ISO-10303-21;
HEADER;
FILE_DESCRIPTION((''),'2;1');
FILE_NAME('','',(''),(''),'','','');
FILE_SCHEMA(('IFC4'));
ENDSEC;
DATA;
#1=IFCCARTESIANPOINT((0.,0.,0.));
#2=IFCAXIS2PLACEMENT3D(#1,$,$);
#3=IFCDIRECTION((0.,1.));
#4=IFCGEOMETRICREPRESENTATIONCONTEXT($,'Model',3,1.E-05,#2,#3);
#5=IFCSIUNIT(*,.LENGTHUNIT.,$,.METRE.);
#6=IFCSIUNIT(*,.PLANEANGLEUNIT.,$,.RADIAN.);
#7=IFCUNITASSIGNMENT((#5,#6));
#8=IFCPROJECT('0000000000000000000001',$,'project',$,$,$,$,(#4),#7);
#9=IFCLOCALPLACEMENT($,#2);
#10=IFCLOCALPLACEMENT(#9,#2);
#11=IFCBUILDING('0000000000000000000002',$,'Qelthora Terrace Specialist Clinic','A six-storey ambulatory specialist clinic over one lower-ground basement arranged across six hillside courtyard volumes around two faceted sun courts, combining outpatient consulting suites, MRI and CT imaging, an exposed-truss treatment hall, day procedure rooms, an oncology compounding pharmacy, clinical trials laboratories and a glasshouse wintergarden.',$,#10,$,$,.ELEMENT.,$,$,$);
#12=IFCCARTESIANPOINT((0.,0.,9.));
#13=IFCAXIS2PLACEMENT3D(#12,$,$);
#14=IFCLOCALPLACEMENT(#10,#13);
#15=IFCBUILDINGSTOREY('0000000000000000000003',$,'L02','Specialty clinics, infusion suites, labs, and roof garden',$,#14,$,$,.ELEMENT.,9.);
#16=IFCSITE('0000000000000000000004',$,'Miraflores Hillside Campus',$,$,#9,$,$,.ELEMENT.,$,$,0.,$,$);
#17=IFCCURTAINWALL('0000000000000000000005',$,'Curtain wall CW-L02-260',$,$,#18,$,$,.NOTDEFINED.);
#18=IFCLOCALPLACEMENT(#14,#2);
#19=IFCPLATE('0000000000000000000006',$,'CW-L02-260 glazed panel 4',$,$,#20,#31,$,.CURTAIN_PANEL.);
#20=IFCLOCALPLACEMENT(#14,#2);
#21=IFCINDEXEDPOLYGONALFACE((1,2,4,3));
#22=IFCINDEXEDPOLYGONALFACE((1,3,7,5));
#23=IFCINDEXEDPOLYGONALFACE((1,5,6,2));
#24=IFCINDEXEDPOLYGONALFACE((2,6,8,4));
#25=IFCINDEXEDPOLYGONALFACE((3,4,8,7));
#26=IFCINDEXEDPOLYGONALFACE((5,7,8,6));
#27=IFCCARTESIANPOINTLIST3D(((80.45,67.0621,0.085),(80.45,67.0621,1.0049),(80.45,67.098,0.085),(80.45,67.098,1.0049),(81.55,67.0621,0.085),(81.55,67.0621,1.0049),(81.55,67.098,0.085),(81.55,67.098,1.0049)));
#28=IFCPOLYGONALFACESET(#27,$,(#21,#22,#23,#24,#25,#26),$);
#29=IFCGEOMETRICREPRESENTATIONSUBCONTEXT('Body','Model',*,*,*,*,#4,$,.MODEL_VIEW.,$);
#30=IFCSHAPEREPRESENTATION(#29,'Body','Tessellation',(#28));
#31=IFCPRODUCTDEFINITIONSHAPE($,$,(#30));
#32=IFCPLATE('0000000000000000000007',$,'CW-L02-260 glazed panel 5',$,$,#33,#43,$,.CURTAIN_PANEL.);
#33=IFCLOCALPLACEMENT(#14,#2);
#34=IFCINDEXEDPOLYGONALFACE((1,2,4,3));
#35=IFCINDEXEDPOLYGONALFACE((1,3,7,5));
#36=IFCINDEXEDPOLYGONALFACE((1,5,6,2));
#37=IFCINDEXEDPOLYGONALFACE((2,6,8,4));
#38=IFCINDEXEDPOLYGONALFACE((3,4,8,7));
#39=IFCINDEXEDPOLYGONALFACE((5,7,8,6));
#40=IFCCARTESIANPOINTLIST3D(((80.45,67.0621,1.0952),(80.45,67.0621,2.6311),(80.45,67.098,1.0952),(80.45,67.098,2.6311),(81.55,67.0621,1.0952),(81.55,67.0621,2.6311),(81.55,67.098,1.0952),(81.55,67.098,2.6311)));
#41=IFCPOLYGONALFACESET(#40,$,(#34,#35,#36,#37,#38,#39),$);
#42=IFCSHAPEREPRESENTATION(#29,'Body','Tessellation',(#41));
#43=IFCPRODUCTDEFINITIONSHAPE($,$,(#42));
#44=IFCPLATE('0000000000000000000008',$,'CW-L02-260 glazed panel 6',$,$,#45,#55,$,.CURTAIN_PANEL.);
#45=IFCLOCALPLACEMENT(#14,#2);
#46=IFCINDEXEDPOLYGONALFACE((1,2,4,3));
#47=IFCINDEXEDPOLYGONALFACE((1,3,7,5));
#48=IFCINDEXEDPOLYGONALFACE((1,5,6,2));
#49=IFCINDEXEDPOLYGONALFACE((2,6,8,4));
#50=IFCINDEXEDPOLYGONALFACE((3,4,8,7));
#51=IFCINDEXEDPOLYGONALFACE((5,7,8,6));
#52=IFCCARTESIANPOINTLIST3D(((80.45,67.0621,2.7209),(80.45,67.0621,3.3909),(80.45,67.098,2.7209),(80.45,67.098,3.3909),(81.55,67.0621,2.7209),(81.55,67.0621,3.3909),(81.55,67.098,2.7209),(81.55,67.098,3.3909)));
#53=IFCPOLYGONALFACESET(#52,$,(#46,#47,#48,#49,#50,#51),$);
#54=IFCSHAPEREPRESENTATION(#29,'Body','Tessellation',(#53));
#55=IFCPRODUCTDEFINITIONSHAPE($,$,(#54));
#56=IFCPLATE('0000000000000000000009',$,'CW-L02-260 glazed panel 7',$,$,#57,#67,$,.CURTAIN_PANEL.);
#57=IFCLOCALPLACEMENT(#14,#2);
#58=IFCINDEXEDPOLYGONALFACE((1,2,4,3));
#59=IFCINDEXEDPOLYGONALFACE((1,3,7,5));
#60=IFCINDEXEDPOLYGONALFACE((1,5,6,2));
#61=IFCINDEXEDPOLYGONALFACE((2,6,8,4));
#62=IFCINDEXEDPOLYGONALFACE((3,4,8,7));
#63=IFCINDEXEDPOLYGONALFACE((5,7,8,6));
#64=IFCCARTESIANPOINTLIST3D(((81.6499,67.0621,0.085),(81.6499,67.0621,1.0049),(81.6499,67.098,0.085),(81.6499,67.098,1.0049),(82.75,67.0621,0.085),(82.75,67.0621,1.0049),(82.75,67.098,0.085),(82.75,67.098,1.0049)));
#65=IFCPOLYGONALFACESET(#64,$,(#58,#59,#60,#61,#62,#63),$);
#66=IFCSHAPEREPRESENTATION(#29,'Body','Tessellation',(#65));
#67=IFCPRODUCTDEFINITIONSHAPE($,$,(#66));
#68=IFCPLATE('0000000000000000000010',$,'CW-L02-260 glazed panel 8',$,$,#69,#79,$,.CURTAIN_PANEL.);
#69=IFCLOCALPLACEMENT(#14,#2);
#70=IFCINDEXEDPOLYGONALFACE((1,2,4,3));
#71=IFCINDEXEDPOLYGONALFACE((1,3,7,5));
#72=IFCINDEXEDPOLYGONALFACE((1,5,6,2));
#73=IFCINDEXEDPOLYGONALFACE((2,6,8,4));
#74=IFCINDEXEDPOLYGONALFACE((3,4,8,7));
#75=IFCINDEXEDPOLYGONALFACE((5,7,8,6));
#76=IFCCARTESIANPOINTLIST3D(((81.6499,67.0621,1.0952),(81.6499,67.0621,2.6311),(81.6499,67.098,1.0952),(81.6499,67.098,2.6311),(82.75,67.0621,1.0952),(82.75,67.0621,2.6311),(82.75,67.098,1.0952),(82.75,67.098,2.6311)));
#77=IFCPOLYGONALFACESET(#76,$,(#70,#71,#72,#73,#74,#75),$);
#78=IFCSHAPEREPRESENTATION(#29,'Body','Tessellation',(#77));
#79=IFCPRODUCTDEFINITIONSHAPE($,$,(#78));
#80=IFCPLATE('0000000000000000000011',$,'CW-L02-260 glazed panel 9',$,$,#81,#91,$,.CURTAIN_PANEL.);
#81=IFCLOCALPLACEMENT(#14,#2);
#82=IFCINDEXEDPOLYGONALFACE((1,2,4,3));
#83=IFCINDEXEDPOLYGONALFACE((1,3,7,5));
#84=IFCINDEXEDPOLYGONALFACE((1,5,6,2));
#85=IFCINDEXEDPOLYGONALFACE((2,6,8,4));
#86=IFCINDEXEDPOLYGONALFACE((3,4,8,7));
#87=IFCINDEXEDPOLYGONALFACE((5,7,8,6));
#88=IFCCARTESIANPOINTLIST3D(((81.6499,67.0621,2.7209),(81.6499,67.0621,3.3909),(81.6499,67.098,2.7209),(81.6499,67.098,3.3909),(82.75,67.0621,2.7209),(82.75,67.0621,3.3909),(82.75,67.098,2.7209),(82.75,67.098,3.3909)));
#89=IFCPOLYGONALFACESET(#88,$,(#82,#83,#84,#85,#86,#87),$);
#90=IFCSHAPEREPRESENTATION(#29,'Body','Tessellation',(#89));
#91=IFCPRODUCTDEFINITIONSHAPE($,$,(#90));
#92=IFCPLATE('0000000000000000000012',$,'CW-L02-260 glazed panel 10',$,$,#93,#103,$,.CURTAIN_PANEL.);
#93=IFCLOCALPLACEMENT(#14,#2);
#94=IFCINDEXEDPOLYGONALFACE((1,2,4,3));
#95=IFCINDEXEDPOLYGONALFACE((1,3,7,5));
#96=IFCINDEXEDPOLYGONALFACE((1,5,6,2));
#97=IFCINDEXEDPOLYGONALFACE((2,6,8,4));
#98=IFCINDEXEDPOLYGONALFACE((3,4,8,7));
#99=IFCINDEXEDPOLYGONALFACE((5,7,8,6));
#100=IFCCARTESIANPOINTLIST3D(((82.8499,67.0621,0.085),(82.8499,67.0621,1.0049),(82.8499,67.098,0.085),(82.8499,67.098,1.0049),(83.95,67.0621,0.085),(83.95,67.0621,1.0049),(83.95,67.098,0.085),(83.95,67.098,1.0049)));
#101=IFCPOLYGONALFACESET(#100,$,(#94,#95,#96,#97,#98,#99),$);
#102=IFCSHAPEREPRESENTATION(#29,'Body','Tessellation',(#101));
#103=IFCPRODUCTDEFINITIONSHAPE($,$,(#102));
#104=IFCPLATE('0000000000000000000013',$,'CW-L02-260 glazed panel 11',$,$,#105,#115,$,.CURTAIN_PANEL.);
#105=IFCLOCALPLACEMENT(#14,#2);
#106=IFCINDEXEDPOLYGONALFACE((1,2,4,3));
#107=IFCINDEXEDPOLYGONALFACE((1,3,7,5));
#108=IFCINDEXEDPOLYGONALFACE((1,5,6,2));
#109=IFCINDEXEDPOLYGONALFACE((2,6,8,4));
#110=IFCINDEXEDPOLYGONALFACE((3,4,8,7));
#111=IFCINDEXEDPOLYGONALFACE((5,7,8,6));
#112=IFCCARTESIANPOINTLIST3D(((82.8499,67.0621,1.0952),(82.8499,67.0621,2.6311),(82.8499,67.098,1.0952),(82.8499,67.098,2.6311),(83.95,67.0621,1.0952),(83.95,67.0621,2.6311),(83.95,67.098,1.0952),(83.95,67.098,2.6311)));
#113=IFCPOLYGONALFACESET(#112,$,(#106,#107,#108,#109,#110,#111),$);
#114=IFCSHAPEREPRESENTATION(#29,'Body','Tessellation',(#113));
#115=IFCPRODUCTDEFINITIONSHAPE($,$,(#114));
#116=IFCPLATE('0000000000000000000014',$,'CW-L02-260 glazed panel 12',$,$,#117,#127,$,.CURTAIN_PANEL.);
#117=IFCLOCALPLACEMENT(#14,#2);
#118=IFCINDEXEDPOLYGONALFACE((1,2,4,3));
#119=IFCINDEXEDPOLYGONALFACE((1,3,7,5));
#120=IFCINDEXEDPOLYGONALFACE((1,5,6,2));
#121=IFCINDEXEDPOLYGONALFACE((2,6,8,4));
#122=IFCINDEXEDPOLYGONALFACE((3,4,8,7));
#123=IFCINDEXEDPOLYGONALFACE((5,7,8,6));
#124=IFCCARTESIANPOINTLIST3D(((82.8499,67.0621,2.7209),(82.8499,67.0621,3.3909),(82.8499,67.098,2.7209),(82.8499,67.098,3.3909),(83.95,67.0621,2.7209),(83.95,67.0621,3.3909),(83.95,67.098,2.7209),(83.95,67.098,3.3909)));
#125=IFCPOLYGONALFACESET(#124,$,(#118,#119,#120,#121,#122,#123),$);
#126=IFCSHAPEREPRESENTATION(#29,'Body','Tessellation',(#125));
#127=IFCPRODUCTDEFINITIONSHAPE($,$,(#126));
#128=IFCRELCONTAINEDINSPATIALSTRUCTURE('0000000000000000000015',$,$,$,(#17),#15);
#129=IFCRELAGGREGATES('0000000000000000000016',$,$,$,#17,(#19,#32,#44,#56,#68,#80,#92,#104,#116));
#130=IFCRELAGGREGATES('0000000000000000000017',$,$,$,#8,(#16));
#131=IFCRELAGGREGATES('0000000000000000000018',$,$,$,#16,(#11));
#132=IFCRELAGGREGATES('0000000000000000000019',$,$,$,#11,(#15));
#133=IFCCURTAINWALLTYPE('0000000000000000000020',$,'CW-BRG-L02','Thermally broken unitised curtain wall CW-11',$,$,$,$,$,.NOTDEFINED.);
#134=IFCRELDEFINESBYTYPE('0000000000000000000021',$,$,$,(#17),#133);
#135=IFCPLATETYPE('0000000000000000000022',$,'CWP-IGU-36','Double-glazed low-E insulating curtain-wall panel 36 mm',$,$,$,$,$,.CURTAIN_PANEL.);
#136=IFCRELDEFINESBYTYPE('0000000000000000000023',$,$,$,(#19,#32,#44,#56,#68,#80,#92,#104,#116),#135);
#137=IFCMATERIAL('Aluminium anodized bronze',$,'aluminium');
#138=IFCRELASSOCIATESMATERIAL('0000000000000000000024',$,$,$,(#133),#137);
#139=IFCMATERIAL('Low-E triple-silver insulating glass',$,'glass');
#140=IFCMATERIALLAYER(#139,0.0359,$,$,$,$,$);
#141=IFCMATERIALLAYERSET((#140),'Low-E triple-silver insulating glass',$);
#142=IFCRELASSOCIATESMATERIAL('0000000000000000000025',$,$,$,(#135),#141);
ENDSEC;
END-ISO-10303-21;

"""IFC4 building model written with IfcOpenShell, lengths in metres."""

from ifc_helpers import new_model, si_unit, direction, frame, origin, origin_2d, place, context, subcontext, project, spatial, rectangle, extrude, material, layer, layer_set, type_object, element, aggregate, save


model = new_model("IFC4")

# Units and contexts
model_context = context("Model", 3, precision=1e-05, world=origin(), true_north=direction((0.0, 1.0)))
body_context = subcontext(model_context, "Body", "Model", "MODEL_VIEW")
ifc_project = project(units=[si_unit("LENGTHUNIT", "METRE"), si_unit("PLANEANGLEUNIT", "RADIAN")], contexts=[model_context])

# Site, building, storey
site_placement = place(None, origin())
site = spatial("IfcSite", under=ifc_project, at=site_placement, Name="Miraflores Hillside Campus", CompositionType="ELEMENT", RefElevation=0.0)
building_placement = place(site_placement, origin())
building = spatial("IfcBuilding", under=site, at=building_placement, Name="Qelthora Terrace Specialist Clinic", Description="A six-storey ambulatory specialist clinic over one lower-ground basement arranged across six hillside courtyard volumes around two faceted sun courts, combining outpatient consulting suites, MRI and CT imaging, an exposed-truss treatment hall, day procedure rooms, an oncology compounding pharmacy, clinical trials laboratories and a glasshouse wintergarden.", CompositionType="ELEMENT")
storey_placement = place(building_placement, frame((0.0, 0.0, 9.0)))
storey = spatial("IfcBuildingStorey", under=building, at=storey_placement, Name="L02", Description="Specialty clinics, infusion suites, labs, and roof garden", CompositionType="ELEMENT", Elevation=9.0)

# Curtain wall, plates
ifc_material_1 = material(Name="Aluminium anodized bronze", Category="aluminium")
curtain_wall_type = type_object("IfcCurtainWallType", Name="CW-BRG-L02", Description="Thermally broken unitised curtain wall CW-11", PredefinedType="NOTDEFINED", material=ifc_material_1)
curtain_wall_placement = place(storey_placement, origin())
curtain_wall = element("IfcCurtainWall", 1, at=curtain_wall_placement, inside=storey, type_object=curtain_wall_type, Name="Curtain wall CW-L02-260", PredefinedType="NOTDEFINED")
ifc_material_2 = material(Name="Low-E triple-silver insulating glass", Category="glass")
ifc_layer = layer(ifc_material_2, 0.0359)
ifc_layer_set = layer_set([ifc_layer], Name="Low-E triple-silver insulating glass")
plate_type = type_object("IfcPlateType", Name="CWP-IGU-36", Description="Double-glazed low-E insulating curtain-wall panel 36 mm", PredefinedType="CURTAIN_PANEL", material=ifc_layer_set)
plate_1_placement = place(storey_placement, frame((81.0, 67.0801, 0.085), z_axis=(0.0, 0.0, 1.0), x_axis=(1.0, 0.0, 0.0)))
plate_1 = element("IfcPlate", 2, at=plate_1_placement, type_object=plate_type, Name="CW-L02-260 glazed panel 4", PredefinedType="CURTAIN_PANEL", context=body_context, shape_type="SweptSolid", body=[
    extrude(rectangle(XDim=1.1001, YDim=0.0359, at=origin_2d()), origin(), (0.0, 0.0, 1.0), 0.9199),
])
plate_2_placement = place(storey_placement, frame((81.0, 67.0801, 1.0952), z_axis=(0.0, 0.0, 1.0), x_axis=(1.0, 0.0, 0.0)))
plate_2 = element("IfcPlate", 3, at=plate_2_placement, type_object=plate_type, Name="CW-L02-260 glazed panel 5", PredefinedType="CURTAIN_PANEL", context=body_context, shape_type="SweptSolid", body=[
    extrude(rectangle(XDim=1.1001, YDim=0.0359, at=origin_2d()), origin(), (0.0, 0.0, 1.0), 1.5359),
])
plate_3_placement = place(storey_placement, frame((81.0, 67.0801, 2.7209), z_axis=(0.0, 0.0, 1.0), x_axis=(1.0, 0.0, 0.0)))
plate_3 = element("IfcPlate", 4, at=plate_3_placement, type_object=plate_type, Name="CW-L02-260 glazed panel 6", PredefinedType="CURTAIN_PANEL", context=body_context, shape_type="SweptSolid", body=[
    extrude(rectangle(XDim=1.1001, YDim=0.0359, at=origin_2d()), origin(), (0.0, 0.0, 1.0), 0.6699),
])
plate_4_placement = place(storey_placement, frame((82.2, 67.0801, 0.085), z_axis=(0.0, 0.0, 1.0), x_axis=(1.0, 0.0, 0.0)))
plate_4 = element("IfcPlate", 5, at=plate_4_placement, type_object=plate_type, Name="CW-L02-260 glazed panel 7", PredefinedType="CURTAIN_PANEL", context=body_context, shape_type="SweptSolid", body=[
    extrude(rectangle(XDim=1.1001, YDim=0.0359, at=origin_2d()), origin(), (0.0, 0.0, 1.0), 0.9199),
])
plate_5_placement = place(storey_placement, frame((82.2, 67.0801, 1.0952), z_axis=(0.0, 0.0, 1.0), x_axis=(1.0, 0.0, 0.0)))
plate_5 = element("IfcPlate", 6, at=plate_5_placement, type_object=plate_type, Name="CW-L02-260 glazed panel 8", PredefinedType="CURTAIN_PANEL", context=body_context, shape_type="SweptSolid", body=[
    extrude(rectangle(XDim=1.1001, YDim=0.0359, at=origin_2d()), origin(), (0.0, 0.0, 1.0), 1.5359),
])
plate_6_placement = place(storey_placement, frame((82.2, 67.0801, 2.7209), z_axis=(0.0, 0.0, 1.0), x_axis=(1.0, 0.0, 0.0)))
plate_6 = element("IfcPlate", 7, at=plate_6_placement, type_object=plate_type, Name="CW-L02-260 glazed panel 9", PredefinedType="CURTAIN_PANEL", context=body_context, shape_type="SweptSolid", body=[
    extrude(rectangle(XDim=1.1001, YDim=0.0359, at=origin_2d()), origin(), (0.0, 0.0, 1.0), 0.6699),
])
plate_7_placement = place(storey_placement, frame((83.3999, 67.0801, 0.085), z_axis=(0.0, 0.0, 1.0), x_axis=(1.0, 0.0, 0.0)))
plate_7 = element("IfcPlate", 8, at=plate_7_placement, type_object=plate_type, Name="CW-L02-260 glazed panel 10", PredefinedType="CURTAIN_PANEL", context=body_context, shape_type="SweptSolid", body=[
    extrude(rectangle(XDim=1.1001, YDim=0.0359, at=origin_2d()), origin(), (0.0, 0.0, 1.0), 0.9199),
])
plate_8_placement = place(storey_placement, frame((83.3999, 67.0801, 1.0952), z_axis=(0.0, 0.0, 1.0), x_axis=(1.0, 0.0, 0.0)))
plate_8 = element("IfcPlate", 9, at=plate_8_placement, type_object=plate_type, Name="CW-L02-260 glazed panel 11", PredefinedType="CURTAIN_PANEL", context=body_context, shape_type="SweptSolid", body=[
    extrude(rectangle(XDim=1.1001, YDim=0.0359, at=origin_2d()), origin(), (0.0, 0.0, 1.0), 1.5359),
])
plate_9_placement = place(storey_placement, frame((83.3999, 67.0801, 2.7209), z_axis=(0.0, 0.0, 1.0), x_axis=(1.0, 0.0, 0.0)))
plate_9 = element("IfcPlate", 10, at=plate_9_placement, type_object=plate_type, Name="CW-L02-260 glazed panel 12", PredefinedType="CURTAIN_PANEL", context=body_context, shape_type="SweptSolid", body=[
    extrude(rectangle(XDim=1.1001, YDim=0.0359, at=origin_2d()), origin(), (0.0, 0.0, 1.0), 0.6699),
])
aggregate(curtain_wall, [plate_1, plate_2, plate_3, plate_4, plate_5, plate_6, plate_7, plate_8, plate_9])

save(model, "model.ifc")
